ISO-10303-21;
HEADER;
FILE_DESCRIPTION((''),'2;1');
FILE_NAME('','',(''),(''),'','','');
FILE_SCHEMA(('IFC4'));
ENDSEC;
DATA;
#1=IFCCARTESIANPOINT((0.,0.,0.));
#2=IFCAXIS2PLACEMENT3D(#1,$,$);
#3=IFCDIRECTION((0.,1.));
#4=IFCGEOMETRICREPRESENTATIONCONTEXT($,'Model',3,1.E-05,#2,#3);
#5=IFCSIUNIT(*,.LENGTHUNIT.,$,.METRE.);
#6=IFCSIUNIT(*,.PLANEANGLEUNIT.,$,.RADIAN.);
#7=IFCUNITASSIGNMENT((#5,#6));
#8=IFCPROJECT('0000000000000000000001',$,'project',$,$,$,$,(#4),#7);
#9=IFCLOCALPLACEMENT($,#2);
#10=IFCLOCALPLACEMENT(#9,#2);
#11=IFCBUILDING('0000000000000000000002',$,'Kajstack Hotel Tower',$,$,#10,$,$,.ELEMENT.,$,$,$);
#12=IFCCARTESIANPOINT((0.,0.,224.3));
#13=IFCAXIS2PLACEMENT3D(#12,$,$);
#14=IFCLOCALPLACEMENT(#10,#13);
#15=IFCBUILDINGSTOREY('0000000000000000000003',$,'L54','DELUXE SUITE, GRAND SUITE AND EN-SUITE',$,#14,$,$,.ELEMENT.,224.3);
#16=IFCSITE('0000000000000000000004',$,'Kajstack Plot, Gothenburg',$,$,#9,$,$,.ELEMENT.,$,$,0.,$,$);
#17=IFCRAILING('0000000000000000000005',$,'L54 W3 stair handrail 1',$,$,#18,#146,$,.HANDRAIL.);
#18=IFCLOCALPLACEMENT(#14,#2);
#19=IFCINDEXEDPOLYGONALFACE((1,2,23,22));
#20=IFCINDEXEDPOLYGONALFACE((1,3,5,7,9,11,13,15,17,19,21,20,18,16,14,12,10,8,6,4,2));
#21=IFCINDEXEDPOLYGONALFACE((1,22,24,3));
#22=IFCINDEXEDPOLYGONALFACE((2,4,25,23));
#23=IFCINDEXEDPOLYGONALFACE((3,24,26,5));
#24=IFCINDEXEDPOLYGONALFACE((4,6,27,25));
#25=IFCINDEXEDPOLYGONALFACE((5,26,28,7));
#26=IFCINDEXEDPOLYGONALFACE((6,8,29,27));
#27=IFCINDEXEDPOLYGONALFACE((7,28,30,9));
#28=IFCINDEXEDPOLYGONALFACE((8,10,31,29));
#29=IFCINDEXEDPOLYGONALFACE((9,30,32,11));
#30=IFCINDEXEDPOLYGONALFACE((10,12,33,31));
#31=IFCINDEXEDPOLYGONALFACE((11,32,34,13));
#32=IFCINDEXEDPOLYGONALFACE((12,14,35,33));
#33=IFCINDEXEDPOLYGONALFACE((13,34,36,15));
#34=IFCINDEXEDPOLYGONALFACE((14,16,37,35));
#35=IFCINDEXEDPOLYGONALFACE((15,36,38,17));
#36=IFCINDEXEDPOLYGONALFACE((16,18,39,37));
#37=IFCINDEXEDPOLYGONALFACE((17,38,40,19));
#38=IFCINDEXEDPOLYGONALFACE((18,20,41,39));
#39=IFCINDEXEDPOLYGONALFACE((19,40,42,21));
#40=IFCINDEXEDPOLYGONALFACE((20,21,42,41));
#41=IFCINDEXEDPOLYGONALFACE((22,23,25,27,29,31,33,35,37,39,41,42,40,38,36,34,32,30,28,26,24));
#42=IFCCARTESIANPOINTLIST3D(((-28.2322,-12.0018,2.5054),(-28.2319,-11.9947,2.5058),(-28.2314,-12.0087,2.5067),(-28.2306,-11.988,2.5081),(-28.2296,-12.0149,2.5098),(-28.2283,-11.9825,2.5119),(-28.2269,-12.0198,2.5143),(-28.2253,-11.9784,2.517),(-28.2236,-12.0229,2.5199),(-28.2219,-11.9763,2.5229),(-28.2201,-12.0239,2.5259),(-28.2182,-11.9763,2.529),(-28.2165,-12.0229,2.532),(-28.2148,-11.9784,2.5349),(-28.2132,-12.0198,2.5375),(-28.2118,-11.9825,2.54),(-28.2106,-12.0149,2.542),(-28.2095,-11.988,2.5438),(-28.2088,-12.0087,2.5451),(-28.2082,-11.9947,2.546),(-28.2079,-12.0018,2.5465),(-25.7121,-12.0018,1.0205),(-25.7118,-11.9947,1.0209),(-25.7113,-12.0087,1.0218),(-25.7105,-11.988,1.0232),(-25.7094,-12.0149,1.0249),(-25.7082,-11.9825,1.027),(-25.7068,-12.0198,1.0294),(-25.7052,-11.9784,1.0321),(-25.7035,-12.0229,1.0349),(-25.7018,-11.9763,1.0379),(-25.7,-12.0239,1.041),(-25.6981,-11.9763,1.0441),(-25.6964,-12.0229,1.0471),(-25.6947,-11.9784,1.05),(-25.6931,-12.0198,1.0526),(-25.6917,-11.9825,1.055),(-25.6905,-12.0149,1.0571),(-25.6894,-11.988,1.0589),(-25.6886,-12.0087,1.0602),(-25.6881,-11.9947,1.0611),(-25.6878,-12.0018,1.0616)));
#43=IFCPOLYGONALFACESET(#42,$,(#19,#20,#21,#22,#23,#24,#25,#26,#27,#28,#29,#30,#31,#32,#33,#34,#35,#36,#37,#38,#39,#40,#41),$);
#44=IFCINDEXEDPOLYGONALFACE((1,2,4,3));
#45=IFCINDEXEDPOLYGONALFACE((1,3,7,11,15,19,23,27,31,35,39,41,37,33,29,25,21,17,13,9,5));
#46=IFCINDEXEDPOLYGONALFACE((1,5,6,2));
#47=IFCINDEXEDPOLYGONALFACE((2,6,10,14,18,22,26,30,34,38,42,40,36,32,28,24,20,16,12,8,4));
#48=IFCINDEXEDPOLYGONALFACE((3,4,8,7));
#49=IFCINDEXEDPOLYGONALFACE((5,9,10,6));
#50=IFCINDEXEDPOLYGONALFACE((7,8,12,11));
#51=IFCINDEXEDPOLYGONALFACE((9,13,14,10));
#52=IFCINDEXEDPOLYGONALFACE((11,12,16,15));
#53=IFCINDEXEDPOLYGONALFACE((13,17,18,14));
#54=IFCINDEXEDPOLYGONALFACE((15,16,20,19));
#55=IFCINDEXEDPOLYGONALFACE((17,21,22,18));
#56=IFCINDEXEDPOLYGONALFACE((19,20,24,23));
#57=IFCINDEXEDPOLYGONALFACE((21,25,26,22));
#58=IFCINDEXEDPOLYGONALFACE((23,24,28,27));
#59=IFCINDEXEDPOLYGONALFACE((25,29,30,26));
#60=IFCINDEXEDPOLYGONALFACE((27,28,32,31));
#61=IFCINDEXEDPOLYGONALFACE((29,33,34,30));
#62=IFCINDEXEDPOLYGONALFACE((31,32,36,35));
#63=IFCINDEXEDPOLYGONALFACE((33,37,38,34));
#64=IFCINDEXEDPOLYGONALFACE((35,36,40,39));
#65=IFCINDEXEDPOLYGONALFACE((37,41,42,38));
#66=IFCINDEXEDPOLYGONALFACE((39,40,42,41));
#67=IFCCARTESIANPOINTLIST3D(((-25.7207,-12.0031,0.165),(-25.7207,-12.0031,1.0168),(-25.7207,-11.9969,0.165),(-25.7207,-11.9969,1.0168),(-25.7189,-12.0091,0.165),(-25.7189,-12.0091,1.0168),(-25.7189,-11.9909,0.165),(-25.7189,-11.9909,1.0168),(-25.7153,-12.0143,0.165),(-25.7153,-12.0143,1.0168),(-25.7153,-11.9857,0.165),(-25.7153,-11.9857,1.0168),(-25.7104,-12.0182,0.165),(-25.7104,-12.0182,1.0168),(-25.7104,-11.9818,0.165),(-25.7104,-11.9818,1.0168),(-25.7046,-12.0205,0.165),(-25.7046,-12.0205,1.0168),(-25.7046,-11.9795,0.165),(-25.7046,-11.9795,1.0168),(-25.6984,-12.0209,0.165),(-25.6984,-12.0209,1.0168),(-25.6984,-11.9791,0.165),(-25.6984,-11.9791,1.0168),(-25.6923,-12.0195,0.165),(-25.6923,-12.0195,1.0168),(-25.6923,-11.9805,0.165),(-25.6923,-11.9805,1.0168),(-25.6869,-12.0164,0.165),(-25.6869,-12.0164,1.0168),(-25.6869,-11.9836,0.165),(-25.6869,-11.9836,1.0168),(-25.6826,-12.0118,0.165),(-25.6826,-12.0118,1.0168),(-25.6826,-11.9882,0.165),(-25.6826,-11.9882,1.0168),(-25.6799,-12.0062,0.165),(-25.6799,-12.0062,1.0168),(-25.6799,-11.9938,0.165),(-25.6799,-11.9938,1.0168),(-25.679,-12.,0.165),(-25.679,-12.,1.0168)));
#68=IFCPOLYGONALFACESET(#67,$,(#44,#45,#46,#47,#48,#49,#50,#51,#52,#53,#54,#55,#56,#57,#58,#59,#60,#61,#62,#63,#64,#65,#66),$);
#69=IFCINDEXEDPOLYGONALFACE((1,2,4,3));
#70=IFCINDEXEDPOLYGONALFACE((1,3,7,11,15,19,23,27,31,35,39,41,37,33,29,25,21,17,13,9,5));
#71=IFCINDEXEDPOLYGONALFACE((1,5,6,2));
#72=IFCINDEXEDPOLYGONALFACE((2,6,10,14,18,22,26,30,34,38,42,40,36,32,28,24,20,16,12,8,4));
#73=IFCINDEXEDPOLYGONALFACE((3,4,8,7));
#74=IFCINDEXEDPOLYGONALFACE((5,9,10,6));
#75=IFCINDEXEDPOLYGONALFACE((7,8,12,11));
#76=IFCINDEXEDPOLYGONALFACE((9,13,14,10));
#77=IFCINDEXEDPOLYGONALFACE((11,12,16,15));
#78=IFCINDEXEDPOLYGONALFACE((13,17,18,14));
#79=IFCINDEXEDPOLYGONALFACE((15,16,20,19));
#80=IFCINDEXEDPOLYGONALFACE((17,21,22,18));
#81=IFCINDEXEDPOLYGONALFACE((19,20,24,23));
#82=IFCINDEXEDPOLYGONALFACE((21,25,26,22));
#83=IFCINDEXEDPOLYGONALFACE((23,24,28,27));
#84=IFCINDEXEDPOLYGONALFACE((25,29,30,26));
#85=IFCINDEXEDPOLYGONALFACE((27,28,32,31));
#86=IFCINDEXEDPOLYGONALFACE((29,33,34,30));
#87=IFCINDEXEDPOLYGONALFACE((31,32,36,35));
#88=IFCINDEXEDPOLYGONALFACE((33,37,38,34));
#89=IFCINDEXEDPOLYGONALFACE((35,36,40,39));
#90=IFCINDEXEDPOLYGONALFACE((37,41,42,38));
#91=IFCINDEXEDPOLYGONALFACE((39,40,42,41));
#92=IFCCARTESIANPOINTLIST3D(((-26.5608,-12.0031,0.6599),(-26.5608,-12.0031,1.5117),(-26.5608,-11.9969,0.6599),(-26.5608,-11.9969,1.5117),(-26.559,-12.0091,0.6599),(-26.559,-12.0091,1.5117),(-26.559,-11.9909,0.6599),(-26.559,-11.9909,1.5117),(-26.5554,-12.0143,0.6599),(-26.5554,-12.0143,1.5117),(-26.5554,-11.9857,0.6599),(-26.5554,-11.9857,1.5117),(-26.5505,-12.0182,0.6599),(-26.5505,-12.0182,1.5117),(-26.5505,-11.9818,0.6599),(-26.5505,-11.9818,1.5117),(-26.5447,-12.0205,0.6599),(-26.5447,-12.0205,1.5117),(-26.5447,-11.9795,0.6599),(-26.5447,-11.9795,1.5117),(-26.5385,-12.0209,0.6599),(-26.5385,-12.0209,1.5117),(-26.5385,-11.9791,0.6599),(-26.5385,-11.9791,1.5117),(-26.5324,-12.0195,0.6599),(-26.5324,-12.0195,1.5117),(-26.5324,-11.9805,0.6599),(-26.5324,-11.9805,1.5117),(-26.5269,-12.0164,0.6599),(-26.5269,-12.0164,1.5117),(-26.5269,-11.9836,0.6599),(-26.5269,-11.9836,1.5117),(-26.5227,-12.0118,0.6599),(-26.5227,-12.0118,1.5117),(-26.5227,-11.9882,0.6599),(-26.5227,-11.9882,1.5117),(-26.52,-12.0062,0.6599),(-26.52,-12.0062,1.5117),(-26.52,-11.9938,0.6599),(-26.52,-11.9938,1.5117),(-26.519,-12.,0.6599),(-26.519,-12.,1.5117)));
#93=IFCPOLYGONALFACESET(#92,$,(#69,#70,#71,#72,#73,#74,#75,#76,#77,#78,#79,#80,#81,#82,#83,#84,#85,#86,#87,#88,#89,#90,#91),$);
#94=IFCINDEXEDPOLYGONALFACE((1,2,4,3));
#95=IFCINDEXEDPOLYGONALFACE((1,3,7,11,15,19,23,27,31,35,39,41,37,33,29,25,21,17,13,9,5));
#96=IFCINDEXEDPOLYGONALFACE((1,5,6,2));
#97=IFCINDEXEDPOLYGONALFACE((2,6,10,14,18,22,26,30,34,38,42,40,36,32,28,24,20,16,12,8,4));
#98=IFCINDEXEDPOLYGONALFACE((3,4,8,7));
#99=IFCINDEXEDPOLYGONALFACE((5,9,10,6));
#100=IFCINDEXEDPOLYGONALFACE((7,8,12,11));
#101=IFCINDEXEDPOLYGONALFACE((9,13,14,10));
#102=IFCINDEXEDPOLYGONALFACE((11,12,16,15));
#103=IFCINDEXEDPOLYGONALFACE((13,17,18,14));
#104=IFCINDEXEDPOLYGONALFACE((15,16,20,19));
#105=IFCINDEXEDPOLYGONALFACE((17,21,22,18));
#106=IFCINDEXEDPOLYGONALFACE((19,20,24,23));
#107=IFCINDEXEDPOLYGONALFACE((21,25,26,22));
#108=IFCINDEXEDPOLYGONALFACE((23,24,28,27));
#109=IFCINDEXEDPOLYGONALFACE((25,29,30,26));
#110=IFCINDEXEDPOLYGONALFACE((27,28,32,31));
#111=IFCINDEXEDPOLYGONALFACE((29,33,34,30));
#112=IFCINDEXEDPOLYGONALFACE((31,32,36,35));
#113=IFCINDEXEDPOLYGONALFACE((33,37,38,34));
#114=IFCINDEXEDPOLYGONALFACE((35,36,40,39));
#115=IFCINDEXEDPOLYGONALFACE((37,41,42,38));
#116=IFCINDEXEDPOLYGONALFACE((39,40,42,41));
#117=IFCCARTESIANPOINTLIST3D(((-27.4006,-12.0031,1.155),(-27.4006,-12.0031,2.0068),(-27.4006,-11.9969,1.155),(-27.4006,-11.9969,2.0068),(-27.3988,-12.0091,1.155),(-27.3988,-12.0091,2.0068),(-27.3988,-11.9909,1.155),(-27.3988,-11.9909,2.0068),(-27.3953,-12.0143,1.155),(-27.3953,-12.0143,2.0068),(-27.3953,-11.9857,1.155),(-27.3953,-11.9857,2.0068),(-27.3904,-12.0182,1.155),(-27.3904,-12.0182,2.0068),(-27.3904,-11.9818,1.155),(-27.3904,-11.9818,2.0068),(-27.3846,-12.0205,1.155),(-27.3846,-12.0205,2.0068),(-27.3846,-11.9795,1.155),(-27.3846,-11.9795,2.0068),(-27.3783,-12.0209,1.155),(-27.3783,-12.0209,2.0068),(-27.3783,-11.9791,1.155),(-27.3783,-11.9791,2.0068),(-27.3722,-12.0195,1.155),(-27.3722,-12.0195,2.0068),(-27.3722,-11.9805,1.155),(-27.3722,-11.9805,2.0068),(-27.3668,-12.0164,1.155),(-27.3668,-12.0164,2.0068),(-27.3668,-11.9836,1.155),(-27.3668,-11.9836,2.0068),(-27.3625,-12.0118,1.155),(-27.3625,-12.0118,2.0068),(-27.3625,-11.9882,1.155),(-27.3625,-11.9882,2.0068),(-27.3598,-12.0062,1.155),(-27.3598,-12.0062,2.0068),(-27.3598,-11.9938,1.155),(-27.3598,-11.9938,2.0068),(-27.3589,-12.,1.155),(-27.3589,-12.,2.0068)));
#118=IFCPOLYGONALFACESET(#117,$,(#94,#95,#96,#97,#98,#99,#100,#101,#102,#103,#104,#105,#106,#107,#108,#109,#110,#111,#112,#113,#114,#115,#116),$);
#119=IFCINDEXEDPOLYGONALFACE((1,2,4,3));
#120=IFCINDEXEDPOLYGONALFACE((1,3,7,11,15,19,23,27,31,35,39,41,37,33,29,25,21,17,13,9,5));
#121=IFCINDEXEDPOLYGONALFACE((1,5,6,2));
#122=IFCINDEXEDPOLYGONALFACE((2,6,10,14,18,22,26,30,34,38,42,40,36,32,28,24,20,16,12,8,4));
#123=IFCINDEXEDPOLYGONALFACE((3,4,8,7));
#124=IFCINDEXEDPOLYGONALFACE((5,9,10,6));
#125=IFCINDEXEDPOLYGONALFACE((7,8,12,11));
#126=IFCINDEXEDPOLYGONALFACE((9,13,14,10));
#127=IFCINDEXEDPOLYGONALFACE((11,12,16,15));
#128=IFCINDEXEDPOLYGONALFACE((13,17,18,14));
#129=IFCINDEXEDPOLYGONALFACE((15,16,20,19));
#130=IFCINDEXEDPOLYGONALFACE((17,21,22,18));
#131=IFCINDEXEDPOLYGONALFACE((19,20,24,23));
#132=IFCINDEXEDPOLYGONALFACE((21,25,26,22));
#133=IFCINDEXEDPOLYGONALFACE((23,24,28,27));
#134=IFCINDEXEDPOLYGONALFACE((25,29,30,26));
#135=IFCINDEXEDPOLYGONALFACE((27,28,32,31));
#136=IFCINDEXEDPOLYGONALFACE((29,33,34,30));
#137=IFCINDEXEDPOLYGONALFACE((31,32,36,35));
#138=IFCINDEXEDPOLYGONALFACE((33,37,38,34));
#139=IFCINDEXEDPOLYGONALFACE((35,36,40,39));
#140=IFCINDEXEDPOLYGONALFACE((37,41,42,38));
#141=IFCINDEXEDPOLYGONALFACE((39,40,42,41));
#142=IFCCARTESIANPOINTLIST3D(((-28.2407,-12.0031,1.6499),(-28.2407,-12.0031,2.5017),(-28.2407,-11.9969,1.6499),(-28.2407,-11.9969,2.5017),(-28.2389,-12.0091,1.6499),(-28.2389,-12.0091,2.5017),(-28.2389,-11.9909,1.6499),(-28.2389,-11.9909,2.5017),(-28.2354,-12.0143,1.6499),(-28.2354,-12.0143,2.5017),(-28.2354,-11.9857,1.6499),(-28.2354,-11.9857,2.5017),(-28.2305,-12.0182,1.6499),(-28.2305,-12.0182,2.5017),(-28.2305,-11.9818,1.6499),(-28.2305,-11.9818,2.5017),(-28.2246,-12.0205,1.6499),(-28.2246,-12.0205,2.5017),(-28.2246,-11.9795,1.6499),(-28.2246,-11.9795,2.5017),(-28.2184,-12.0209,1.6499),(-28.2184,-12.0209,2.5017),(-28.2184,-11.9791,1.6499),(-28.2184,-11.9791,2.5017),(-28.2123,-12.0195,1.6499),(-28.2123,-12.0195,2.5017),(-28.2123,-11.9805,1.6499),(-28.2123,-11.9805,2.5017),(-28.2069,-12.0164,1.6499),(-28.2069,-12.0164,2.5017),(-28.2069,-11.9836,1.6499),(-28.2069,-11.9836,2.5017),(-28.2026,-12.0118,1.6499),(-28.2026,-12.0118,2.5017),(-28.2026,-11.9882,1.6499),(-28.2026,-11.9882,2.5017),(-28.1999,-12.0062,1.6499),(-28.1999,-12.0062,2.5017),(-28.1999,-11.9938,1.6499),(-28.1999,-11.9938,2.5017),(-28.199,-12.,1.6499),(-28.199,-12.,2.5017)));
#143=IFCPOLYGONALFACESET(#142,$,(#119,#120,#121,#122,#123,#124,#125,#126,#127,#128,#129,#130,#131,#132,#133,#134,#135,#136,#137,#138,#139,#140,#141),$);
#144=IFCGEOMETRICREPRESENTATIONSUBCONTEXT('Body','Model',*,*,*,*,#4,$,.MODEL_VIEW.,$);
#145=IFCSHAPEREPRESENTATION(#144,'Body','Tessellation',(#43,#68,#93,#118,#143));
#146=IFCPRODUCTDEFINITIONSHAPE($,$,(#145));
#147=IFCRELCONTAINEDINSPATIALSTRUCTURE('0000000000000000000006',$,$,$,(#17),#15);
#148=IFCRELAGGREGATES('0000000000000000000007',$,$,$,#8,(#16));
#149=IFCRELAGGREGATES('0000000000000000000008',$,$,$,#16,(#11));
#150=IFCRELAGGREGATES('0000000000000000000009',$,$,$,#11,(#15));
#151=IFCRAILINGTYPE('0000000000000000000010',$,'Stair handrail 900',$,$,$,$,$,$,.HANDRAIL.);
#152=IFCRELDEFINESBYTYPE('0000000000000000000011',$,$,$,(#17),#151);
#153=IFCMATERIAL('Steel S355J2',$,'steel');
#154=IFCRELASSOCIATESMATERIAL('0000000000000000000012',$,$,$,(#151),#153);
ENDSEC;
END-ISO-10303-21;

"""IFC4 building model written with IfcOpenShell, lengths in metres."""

from ifc_helpers import new_model, si_unit, direction, frame, origin, origin_2d, place, context, subcontext, project, spatial, circle, extrude, material, type_object, element, save


model = new_model("IFC4")

# Units and contexts
model_context = context("Model", 3, precision=1e-05, world=origin(), true_north=direction((0.0, 1.0)))
body_context = subcontext(model_context, "Body", "Model", "MODEL_VIEW")
ifc_project = project(units=[si_unit("LENGTHUNIT", "METRE"), si_unit("PLANEANGLEUNIT", "RADIAN")], contexts=[model_context])

# Site, building, storey
site_placement = place(None, origin())
site = spatial("IfcSite", under=ifc_project, at=site_placement, Name="Kajstack Plot, Gothenburg", CompositionType="ELEMENT", RefElevation=0.0)
building_placement = place(site_placement, origin())
building = spatial("IfcBuilding", under=site, at=building_placement, Name="Kajstack Hotel Tower", CompositionType="ELEMENT")
storey_placement = place(building_placement, frame((0.0, 0.0, 224.3)))
storey = spatial("IfcBuildingStorey", under=building, at=storey_placement, Name="L54", Description="DELUXE SUITE, GRAND SUITE AND EN-SUITE", CompositionType="ELEMENT", Elevation=224.3)

# Railing
ifc_material_1 = material(Name="Steel S355J2", Category="steel")
railing_type_1 = type_object("IfcRailingType", Name="Stair handrail 900", PredefinedType="HANDRAIL", material=ifc_material_1)
railing_1_placement = place(storey_placement, frame((-25.7, -12.0, 0.165)))
element("IfcRailing", 1, at=railing_1_placement, inside=storey, type_object=railing_type_1, Name="L54 W3 stair handrail 1", PredefinedType="HANDRAIL", context=body_context, shape_type="SweptSolid", body=[
    extrude(circle(Radius=0.0239, at=origin_2d()), frame((0.0, 0.0, 0.876), z_axis=(-0.861561, 0.0, 0.507655), x_axis=(0.0, -1.0, 0.0)), (0.0, 0.0, 1.0), 2.925),
    extrude(circle(Radius=0.021, at=origin_2d()), origin(), (0.0, 0.0, 1.0), 0.8518),
    extrude(circle(Radius=0.021, at=origin_2d()), frame((-0.8401, 0.0, 0.4949)), (0.0, 0.0, 1.0), 0.8518),
    extrude(circle(Radius=0.021, at=origin_2d()), frame((-1.6799, 0.0, 0.99)), (0.0, 0.0, 1.0), 0.8518),
    extrude(circle(Radius=0.021, at=origin_2d()), frame((-2.52, 0.0, 1.4849)), (0.0, 0.0, 1.0), 0.8518),
])

save(model, "model.ifc")
